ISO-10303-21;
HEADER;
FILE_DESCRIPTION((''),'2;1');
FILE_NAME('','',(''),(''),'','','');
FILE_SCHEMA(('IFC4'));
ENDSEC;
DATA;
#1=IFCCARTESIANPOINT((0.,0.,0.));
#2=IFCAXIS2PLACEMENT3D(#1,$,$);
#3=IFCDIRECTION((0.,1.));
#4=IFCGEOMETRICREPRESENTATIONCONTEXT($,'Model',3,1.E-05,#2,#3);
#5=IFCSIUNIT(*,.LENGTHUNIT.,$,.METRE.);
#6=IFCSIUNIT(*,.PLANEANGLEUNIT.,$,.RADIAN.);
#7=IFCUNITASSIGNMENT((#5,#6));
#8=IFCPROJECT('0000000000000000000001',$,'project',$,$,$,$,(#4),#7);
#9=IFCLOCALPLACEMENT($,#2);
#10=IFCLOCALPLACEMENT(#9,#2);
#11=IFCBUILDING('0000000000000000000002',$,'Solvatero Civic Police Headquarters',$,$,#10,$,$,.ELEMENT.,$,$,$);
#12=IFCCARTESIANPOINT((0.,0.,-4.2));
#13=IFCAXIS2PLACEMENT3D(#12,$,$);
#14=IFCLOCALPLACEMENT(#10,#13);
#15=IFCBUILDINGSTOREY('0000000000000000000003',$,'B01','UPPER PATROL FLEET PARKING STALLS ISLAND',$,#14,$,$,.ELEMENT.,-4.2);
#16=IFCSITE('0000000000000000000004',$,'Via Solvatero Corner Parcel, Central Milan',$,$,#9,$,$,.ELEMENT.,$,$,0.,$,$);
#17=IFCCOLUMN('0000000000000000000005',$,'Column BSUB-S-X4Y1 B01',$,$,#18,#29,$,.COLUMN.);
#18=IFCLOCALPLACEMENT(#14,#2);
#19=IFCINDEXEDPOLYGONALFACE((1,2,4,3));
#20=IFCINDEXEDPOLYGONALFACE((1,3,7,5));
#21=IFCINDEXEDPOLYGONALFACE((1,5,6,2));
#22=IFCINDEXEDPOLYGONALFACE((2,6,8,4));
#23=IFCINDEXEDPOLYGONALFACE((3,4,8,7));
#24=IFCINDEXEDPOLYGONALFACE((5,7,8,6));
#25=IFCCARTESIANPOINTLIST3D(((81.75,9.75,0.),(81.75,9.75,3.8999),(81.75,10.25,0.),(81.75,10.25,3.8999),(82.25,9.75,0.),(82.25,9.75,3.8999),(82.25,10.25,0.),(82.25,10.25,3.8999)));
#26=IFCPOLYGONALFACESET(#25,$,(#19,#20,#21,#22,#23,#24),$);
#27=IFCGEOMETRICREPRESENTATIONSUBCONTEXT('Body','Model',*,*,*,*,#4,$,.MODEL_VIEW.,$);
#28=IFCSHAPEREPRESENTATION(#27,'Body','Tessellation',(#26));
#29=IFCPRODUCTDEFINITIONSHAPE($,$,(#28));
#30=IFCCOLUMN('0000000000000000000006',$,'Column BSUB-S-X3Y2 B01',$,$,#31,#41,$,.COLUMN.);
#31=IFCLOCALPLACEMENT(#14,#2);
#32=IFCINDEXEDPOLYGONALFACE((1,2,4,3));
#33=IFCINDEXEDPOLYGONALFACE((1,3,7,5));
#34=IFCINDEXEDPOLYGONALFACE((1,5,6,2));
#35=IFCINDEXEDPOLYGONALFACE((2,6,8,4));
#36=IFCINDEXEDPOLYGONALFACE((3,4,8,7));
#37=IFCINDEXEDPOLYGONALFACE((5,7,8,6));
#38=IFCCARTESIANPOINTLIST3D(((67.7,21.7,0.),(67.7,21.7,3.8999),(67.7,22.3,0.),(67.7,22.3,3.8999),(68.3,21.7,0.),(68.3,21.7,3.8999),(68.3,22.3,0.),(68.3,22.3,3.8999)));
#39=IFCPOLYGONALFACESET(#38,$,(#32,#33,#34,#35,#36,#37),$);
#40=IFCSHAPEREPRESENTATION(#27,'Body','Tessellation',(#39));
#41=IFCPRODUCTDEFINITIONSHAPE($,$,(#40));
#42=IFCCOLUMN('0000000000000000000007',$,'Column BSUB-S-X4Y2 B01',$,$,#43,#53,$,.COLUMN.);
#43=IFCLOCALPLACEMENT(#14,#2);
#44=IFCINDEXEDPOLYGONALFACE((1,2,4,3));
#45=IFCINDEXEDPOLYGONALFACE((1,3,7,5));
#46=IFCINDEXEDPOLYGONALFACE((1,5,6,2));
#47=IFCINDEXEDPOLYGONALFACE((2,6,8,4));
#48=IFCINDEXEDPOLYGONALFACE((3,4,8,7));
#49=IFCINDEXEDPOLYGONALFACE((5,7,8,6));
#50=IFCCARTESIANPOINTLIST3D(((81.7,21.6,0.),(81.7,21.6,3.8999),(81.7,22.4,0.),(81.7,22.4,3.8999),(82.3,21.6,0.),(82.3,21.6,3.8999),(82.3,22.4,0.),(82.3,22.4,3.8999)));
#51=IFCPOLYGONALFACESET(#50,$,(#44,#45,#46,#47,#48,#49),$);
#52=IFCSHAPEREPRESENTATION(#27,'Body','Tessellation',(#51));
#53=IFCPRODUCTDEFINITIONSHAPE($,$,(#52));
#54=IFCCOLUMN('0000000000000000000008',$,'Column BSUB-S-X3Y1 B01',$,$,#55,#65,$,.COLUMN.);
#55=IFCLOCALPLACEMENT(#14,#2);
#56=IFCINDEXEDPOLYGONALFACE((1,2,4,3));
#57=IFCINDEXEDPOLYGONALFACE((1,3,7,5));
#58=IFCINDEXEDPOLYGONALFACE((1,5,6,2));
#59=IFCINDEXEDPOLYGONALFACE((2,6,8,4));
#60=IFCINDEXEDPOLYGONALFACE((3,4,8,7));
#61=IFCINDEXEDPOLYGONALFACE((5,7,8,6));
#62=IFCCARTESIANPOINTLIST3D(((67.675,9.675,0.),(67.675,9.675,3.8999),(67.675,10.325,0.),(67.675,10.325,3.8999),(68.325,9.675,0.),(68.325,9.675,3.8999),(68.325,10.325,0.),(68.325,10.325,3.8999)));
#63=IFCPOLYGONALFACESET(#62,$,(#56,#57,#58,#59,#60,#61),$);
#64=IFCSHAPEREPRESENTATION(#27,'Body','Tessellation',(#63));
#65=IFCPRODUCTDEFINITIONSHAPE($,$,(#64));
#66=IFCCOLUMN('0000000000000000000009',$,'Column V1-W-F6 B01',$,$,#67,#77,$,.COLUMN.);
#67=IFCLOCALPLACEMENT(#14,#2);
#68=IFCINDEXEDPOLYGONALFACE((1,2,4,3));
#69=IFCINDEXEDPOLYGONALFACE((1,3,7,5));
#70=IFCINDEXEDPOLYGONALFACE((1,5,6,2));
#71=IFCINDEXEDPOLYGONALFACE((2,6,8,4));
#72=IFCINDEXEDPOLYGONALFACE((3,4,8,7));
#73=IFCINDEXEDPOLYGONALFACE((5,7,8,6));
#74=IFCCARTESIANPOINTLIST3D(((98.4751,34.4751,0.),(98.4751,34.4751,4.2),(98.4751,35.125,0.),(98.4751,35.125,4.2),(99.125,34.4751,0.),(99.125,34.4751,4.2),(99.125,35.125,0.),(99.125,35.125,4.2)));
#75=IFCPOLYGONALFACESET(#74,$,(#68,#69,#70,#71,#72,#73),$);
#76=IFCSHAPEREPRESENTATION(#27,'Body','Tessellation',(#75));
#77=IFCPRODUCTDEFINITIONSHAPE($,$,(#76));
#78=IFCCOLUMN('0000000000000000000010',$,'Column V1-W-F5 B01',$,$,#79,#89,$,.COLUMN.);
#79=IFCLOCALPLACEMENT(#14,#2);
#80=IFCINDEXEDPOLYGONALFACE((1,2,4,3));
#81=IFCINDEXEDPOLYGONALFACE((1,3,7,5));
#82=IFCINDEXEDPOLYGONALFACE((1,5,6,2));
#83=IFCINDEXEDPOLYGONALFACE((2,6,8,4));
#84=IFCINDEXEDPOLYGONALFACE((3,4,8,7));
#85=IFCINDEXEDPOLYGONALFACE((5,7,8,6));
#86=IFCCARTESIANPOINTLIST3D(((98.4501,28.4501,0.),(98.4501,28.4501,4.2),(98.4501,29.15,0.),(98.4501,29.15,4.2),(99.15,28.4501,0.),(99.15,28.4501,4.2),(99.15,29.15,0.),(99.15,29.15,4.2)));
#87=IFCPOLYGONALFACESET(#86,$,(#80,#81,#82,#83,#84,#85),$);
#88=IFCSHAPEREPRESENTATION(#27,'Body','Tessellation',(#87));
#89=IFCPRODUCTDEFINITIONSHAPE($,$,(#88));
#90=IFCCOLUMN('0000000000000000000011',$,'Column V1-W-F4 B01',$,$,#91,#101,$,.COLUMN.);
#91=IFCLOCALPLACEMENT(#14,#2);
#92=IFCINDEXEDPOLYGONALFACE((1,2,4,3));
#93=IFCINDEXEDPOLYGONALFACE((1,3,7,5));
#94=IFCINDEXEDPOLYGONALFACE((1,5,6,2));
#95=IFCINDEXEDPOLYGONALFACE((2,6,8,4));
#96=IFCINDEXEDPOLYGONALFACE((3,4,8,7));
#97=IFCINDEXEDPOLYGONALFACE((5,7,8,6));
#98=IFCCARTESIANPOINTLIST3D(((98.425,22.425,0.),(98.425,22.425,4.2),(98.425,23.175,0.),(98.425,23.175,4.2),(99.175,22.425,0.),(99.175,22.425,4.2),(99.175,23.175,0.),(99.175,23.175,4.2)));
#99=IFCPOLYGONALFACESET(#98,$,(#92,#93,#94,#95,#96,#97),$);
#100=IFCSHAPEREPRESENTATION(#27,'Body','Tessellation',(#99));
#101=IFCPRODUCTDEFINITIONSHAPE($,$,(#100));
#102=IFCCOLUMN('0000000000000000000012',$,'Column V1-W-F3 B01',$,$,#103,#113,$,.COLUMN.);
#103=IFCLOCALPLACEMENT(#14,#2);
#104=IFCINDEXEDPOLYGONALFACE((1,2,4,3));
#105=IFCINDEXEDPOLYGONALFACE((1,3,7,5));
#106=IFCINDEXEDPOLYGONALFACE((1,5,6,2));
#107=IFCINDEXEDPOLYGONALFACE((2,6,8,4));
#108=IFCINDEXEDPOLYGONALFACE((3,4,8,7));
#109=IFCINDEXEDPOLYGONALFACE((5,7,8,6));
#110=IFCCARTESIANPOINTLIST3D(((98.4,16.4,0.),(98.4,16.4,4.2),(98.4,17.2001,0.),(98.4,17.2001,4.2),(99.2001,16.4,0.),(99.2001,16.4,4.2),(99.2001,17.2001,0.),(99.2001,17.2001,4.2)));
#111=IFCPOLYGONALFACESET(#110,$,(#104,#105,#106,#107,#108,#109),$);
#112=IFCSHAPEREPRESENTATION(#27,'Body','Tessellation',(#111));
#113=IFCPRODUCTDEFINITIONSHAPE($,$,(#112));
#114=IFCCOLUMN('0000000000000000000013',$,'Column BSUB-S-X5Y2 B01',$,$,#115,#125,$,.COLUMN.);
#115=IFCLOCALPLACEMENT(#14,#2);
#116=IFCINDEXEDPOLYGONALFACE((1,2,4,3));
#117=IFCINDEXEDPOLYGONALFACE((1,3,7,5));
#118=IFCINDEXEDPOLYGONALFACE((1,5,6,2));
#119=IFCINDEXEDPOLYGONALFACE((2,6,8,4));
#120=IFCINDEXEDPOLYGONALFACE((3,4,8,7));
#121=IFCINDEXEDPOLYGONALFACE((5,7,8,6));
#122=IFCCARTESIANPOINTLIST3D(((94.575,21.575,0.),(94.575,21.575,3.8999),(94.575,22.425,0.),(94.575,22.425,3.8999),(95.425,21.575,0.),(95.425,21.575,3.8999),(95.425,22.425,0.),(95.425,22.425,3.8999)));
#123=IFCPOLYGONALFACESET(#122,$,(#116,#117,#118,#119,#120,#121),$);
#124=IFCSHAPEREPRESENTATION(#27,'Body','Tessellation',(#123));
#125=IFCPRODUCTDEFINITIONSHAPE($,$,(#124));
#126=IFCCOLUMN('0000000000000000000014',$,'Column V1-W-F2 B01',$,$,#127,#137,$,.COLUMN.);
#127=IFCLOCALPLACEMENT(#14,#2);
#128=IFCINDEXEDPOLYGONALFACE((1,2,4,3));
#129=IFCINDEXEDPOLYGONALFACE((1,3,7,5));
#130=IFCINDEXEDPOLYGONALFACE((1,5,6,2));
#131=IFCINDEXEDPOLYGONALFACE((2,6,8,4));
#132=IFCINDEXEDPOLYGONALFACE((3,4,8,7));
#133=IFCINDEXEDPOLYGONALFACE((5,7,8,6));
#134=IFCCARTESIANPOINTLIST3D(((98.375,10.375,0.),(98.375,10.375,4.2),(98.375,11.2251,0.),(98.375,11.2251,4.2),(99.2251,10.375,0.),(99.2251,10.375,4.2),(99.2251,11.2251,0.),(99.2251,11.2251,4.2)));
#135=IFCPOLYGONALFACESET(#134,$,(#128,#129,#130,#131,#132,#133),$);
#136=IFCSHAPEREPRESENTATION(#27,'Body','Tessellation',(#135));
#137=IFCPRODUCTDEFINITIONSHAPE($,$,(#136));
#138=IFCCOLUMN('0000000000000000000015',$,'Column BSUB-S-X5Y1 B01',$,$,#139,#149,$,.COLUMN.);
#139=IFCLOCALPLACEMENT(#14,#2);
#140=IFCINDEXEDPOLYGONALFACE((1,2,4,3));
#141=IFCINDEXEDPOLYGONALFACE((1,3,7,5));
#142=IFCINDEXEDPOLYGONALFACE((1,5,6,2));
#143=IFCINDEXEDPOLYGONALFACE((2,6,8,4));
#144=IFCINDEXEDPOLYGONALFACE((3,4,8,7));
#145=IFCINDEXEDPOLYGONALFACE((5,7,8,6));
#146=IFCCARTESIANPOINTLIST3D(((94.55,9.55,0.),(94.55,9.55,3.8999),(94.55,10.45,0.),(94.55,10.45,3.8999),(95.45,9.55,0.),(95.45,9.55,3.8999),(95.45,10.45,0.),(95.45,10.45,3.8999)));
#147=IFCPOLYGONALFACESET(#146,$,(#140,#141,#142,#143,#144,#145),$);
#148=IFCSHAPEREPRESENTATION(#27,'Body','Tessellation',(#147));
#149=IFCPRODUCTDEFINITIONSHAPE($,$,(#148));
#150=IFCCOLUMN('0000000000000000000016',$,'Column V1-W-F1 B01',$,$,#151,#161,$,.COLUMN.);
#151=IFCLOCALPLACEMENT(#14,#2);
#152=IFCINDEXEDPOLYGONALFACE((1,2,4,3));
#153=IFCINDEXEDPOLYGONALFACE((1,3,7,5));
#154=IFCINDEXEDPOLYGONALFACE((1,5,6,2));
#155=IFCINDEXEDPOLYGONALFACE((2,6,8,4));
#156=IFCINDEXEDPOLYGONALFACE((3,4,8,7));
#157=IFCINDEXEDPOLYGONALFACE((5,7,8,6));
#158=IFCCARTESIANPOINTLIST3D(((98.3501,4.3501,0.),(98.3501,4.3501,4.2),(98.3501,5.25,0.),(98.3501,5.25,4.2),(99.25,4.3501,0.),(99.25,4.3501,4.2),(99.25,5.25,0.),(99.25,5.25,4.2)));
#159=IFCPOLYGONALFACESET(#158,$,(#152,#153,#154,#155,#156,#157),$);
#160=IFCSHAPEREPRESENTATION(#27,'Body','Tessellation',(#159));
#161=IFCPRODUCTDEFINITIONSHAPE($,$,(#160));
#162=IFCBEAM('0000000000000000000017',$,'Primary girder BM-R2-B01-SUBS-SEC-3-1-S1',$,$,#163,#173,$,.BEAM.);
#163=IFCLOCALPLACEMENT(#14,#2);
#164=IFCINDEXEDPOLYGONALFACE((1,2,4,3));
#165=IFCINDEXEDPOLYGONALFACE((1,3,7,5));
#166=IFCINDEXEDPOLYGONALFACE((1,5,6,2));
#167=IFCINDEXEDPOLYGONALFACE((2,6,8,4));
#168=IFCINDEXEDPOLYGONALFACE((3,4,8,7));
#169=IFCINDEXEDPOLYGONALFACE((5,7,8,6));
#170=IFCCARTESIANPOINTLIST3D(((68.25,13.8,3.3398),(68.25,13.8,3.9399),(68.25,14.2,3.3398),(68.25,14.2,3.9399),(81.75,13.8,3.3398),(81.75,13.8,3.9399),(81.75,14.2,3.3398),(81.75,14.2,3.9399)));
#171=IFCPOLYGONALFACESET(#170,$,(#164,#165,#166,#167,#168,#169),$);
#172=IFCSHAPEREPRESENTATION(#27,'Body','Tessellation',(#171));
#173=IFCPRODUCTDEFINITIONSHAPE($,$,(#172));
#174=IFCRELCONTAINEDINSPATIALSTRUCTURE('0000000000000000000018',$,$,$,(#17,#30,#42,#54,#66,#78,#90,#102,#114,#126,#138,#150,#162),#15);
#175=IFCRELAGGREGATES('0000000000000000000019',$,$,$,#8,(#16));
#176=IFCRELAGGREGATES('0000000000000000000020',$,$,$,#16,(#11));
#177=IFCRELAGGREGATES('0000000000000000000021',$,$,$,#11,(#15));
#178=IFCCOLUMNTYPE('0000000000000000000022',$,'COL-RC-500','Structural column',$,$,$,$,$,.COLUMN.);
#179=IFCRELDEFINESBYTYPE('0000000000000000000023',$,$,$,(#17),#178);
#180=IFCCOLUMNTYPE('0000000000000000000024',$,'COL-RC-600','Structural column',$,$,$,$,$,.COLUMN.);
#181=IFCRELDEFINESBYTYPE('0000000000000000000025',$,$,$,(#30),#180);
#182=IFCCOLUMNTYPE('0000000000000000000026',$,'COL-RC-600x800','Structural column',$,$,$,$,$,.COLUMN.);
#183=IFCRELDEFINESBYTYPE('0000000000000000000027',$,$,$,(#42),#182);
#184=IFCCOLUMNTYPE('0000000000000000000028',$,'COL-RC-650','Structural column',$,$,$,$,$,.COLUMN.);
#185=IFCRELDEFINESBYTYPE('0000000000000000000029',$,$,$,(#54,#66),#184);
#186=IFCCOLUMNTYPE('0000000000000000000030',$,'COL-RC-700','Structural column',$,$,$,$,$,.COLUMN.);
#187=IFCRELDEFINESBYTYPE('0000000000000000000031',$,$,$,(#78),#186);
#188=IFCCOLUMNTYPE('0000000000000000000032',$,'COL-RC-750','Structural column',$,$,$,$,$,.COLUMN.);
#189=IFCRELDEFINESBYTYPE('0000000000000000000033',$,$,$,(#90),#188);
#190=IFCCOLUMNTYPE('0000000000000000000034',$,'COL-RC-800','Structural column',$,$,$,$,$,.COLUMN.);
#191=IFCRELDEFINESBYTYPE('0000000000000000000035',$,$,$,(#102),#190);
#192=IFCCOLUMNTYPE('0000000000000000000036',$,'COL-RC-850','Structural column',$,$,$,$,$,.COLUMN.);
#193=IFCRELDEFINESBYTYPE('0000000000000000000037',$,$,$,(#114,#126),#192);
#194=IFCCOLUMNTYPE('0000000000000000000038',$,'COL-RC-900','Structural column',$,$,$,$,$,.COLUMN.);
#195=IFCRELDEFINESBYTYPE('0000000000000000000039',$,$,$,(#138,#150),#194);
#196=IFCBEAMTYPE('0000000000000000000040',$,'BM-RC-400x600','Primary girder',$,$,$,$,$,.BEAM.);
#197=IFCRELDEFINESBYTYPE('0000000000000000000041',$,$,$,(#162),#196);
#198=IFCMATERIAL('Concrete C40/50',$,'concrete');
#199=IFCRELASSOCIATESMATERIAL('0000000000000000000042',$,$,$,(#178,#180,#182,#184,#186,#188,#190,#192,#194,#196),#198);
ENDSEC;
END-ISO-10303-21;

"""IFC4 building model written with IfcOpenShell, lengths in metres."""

from ifc_helpers import new_model, si_unit, direction, frame, origin, origin_2d, place, context, subcontext, project, spatial, rectangle, extrude, material, material_profile, profile_set, type_object, element, save


model = new_model("IFC4")

# Units and contexts
model_context = context("Model", 3, precision=1e-05, world=origin(), true_north=direction((0.0, 1.0)))
body_context = subcontext(model_context, "Body", "Model", "MODEL_VIEW")
ifc_project = project(units=[si_unit("LENGTHUNIT", "METRE"), si_unit("PLANEANGLEUNIT", "RADIAN")], contexts=[model_context])

# Site, building, storey
site_placement = place(None, origin())
site = spatial("IfcSite", under=ifc_project, at=site_placement, Name="Via Solvatero Corner Parcel, Central Milan", CompositionType="ELEMENT", RefElevation=0.0)
building_placement = place(site_placement, origin())
building = spatial("IfcBuilding", under=site, at=building_placement, Name="Solvatero Civic Police Headquarters", CompositionType="ELEMENT")
storey_placement = place(building_placement, frame((0.0, 0.0, -4.2)))
storey = spatial("IfcBuildingStorey", under=building, at=storey_placement, Name="B01", Description="UPPER PATROL FLEET PARKING STALLS ISLAND", CompositionType="ELEMENT", Elevation=-4.2)

# Columns
ifc_material_1 = material(Name="Concrete C40/50", Category="concrete")
ifc_material_profile_1 = material_profile(ifc_material_1, rectangle(XDim=0.5, YDim=0.5, at=origin_2d()), Name="RC 500x500")
ifc_profile_set_1 = profile_set([ifc_material_profile_1], Name="Concrete C40/50")
column_type_1 = type_object("IfcColumnType", Name="COL-RC-500", Description="Structural column", PredefinedType="COLUMN", material=ifc_profile_set_1)
column_1_placement = place(storey_placement, frame((82.0, 10.0, 0.0), z_axis=(0.0, 0.0, 1.0), x_axis=(1.0, 0.0, 0.0)))
element("IfcColumn", 1, at=column_1_placement, inside=storey, type_object=column_type_1, Name="Column BSUB-S-X4Y1 B01", PredefinedType="COLUMN", context=body_context, shape_type="SweptSolid", body=[
    extrude(rectangle(XDim=0.5, YDim=0.5, at=origin_2d()), origin(), (0.0, 0.0, 1.0), 3.8999),
])
ifc_material_profile_2 = material_profile(ifc_material_1, rectangle(XDim=0.6001, YDim=0.6001, at=origin_2d()), Name="RC 600x600")
ifc_profile_set_2 = profile_set([ifc_material_profile_2], Name="Concrete C40/50")
column_type_2 = type_object("IfcColumnType", Name="COL-RC-600", Description="Structural column", PredefinedType="COLUMN", material=ifc_profile_set_2)
column_2_placement = place(storey_placement, frame((68.0, 22.0, 0.0), z_axis=(0.0, 0.0, 1.0), x_axis=(1.0, 0.0, 0.0)))
element("IfcColumn", 2, at=column_2_placement, inside=storey, type_object=column_type_2, Name="Column BSUB-S-X3Y2 B01", PredefinedType="COLUMN", context=body_context, shape_type="SweptSolid", body=[
    extrude(rectangle(XDim=0.6001, YDim=0.6001, at=origin_2d()), origin(), (0.0, 0.0, 1.0), 3.8999),
])
ifc_material_profile_3 = material_profile(ifc_material_1, rectangle(XDim=0.6001, YDim=0.8, at=origin_2d()), Name="RC 600x800")
ifc_profile_set_3 = profile_set([ifc_material_profile_3], Name="Concrete C40/50")
column_type_3 = type_object("IfcColumnType", Name="COL-RC-600x800", Description="Structural column", PredefinedType="COLUMN", material=ifc_profile_set_3)
column_3_placement = place(storey_placement, frame((82.0, 22.0, 0.0), z_axis=(0.0, 0.0, 1.0), x_axis=(1.0, 0.0, 0.0)))
element("IfcColumn", 3, at=column_3_placement, inside=storey, type_object=column_type_3, Name="Column BSUB-S-X4Y2 B01", PredefinedType="COLUMN", context=body_context, shape_type="SweptSolid", body=[
    extrude(rectangle(XDim=0.6001, YDim=0.8, at=origin_2d()), origin(), (0.0, 0.0, 1.0), 3.8999),
])
ifc_material_profile_4 = material_profile(ifc_material_1, rectangle(XDim=0.6499, YDim=0.6499, at=origin_2d()), Name="RC 650x650")
ifc_profile_set_4 = profile_set([ifc_material_profile_4], Name="Concrete C40/50")
column_type_4 = type_object("IfcColumnType", Name="COL-RC-650", Description="Structural column", PredefinedType="COLUMN", material=ifc_profile_set_4)
column_4_placement = place(storey_placement, frame((68.0, 10.0, 0.0), z_axis=(0.0, 0.0, 1.0), x_axis=(1.0, 0.0, 0.0)))
element("IfcColumn", 4, at=column_4_placement, inside=storey, type_object=column_type_4, Name="Column BSUB-S-X3Y1 B01", PredefinedType="COLUMN", context=body_context, shape_type="SweptSolid", body=[
    extrude(rectangle(XDim=0.6499, YDim=0.6499, at=origin_2d()), origin(), (0.0, 0.0, 1.0), 3.8999),
])
column_5_placement = place(storey_placement, frame((98.8, 34.8, 0.0), z_axis=(0.0, 0.0, 1.0), x_axis=(1.0, 0.0, 0.0)))
element("IfcColumn", 5, at=column_5_placement, inside=storey, type_object=column_type_4, Name="Column V1-W-F6 B01", PredefinedType="COLUMN", context=body_context, shape_type="SweptSolid", body=[
    extrude(rectangle(XDim=0.6499, YDim=0.6499, at=origin_2d()), origin(), (0.0, 0.0, 1.0), 4.2),
])
ifc_material_profile_5 = material_profile(ifc_material_1, rectangle(XDim=0.7, YDim=0.7, at=origin_2d()), Name="RC 700x700")
ifc_profile_set_5 = profile_set([ifc_material_profile_5], Name="Concrete C40/50")
column_type_5 = type_object("IfcColumnType", Name="COL-RC-700", Description="Structural column", PredefinedType="COLUMN", material=ifc_profile_set_5)
column_6_placement = place(storey_placement, frame((98.8, 28.8, 0.0), z_axis=(0.0, 0.0, 1.0), x_axis=(1.0, 0.0, 0.0)))
element("IfcColumn", 6, at=column_6_placement, inside=storey, type_object=column_type_5, Name="Column V1-W-F5 B01", PredefinedType="COLUMN", context=body_context, shape_type="SweptSolid", body=[
    extrude(rectangle(XDim=0.7, YDim=0.7, at=origin_2d()), origin(), (0.0, 0.0, 1.0), 4.2),
])
ifc_material_profile_6 = material_profile(ifc_material_1, rectangle(XDim=0.75, YDim=0.75, at=origin_2d()), Name="RC 750x750")
ifc_profile_set_6 = profile_set([ifc_material_profile_6], Name="Concrete C40/50")
column_type_6 = type_object("IfcColumnType", Name="COL-RC-750", Description="Structural column", PredefinedType="COLUMN", material=ifc_profile_set_6)
column_7_placement = place(storey_placement, frame((98.8, 22.8, 0.0), z_axis=(0.0, 0.0, 1.0), x_axis=(1.0, 0.0, 0.0)))
element("IfcColumn", 7, at=column_7_placement, inside=storey, type_object=column_type_6, Name="Column V1-W-F4 B01", PredefinedType="COLUMN", context=body_context, shape_type="SweptSolid", body=[
    extrude(rectangle(XDim=0.75, YDim=0.75, at=origin_2d()), origin(), (0.0, 0.0, 1.0), 4.2),
])
ifc_material_profile_7 = material_profile(ifc_material_1, rectangle(XDim=0.8, YDim=0.8, at=origin_2d()), Name="RC 800x800")
ifc_profile_set_7 = profile_set([ifc_material_profile_7], Name="Concrete C40/50")
column_type_7 = type_object("IfcColumnType", Name="COL-RC-800", Description="Structural column", PredefinedType="COLUMN", material=ifc_profile_set_7)
column_8_placement = place(storey_placement, frame((98.8, 16.8, 0.0), z_axis=(0.0, 0.0, 1.0), x_axis=(1.0, 0.0, 0.0)))
element("IfcColumn", 8, at=column_8_placement, inside=storey, type_object=column_type_7, Name="Column V1-W-F3 B01", PredefinedType="COLUMN", context=body_context, shape_type="SweptSolid", body=[
    extrude(rectangle(XDim=0.8, YDim=0.8, at=origin_2d()), origin(), (0.0, 0.0, 1.0), 4.2),
])
ifc_material_profile_8 = material_profile(ifc_material_1, rectangle(XDim=0.8501, YDim=0.8501, at=origin_2d()), Name="RC 850x850")
ifc_profile_set_8 = profile_set([ifc_material_profile_8], Name="Concrete C40/50")
column_type_8 = type_object("IfcColumnType", Name="COL-RC-850", Description="Structural column", PredefinedType="COLUMN", material=ifc_profile_set_8)
column_9_placement = place(storey_placement, frame((95.0, 22.0, 0.0), z_axis=(0.0, 0.0, 1.0), x_axis=(1.0, 0.0, 0.0)))
element("IfcColumn", 9, at=column_9_placement, inside=storey, type_object=column_type_8, Name="Column BSUB-S-X5Y2 B01", PredefinedType="COLUMN", context=body_context, shape_type="SweptSolid", body=[
    extrude(rectangle(XDim=0.8501, YDim=0.8501, at=origin_2d()), origin(), (0.0, 0.0, 1.0), 3.8999),
])
column_10_placement = place(storey_placement, frame((98.8, 10.8, 0.0), z_axis=(0.0, 0.0, 1.0), x_axis=(1.0, 0.0, 0.0)))
element("IfcColumn", 10, at=column_10_placement, inside=storey, type_object=column_type_8, Name="Column V1-W-F2 B01", PredefinedType="COLUMN", context=body_context, shape_type="SweptSolid", body=[
    extrude(rectangle(XDim=0.8501, YDim=0.8501, at=origin_2d()), origin(), (0.0, 0.0, 1.0), 4.2),
])
ifc_material_profile_9 = material_profile(ifc_material_1, rectangle(XDim=0.8999, YDim=0.8999, at=origin_2d()), Name="RC 900x900")
ifc_profile_set_9 = profile_set([ifc_material_profile_9], Name="Concrete C40/50")
column_type_9 = type_object("IfcColumnType", Name="COL-RC-900", Description="Structural column", PredefinedType="COLUMN", material=ifc_profile_set_9)
column_11_placement = place(storey_placement, frame((95.0, 10.0, 0.0), z_axis=(0.0, 0.0, 1.0), x_axis=(1.0, 0.0, 0.0)))
element("IfcColumn", 11, at=column_11_placement, inside=storey, type_object=column_type_9, Name="Column BSUB-S-X5Y1 B01", PredefinedType="COLUMN", context=body_context, shape_type="SweptSolid", body=[
    extrude(rectangle(XDim=0.8999, YDim=0.8999, at=origin_2d()), origin(), (0.0, 0.0, 1.0), 3.8999),
])
column_12_placement = place(storey_placement, frame((98.8, 4.8, 0.0), z_axis=(0.0, 0.0, 1.0), x_axis=(1.0, 0.0, 0.0)))
element("IfcColumn", 12, at=column_12_placement, inside=storey, type_object=column_type_9, Name="Column V1-W-F1 B01", PredefinedType="COLUMN", context=body_context, shape_type="SweptSolid", body=[
    extrude(rectangle(XDim=0.8999, YDim=0.8999, at=origin_2d()), origin(), (0.0, 0.0, 1.0), 4.2),
])

# Beam
ifc_material_profile_10 = material_profile(ifc_material_1, rectangle(XDim=0.3999, YDim=0.6001, at=origin_2d()), Name="RC 400x600")
ifc_profile_set_10 = profile_set([ifc_material_profile_10], Name="Concrete C40/50")
beam_type_1 = type_object("IfcBeamType", Name="BM-RC-400x600", Description="Primary girder", PredefinedType="BEAM", material=ifc_profile_set_10)
for number, where, z_axis, x_axis, name in (
    (13, (68.25, 14.0, 3.6399), (1.0, 0.0, 0.0), (0.0, 1.0, 0.0), "Primary girder BM-R2-B01-SUBS-SEC-3-1-S1"),
):
    element("IfcBeam", number, at=place(storey_placement, frame(where, z_axis=z_axis, x_axis=x_axis)), inside=storey, type_object=beam_type_1, Name=name, PredefinedType="BEAM", context=body_context, shape_type="SweptSolid", body=[
        extrude(rectangle(XDim=0.3999, YDim=0.6001, at=origin_2d()), origin(), (0.0, 0.0, 1.0), 13.5),
    ])

save(model, "model.ifc")
